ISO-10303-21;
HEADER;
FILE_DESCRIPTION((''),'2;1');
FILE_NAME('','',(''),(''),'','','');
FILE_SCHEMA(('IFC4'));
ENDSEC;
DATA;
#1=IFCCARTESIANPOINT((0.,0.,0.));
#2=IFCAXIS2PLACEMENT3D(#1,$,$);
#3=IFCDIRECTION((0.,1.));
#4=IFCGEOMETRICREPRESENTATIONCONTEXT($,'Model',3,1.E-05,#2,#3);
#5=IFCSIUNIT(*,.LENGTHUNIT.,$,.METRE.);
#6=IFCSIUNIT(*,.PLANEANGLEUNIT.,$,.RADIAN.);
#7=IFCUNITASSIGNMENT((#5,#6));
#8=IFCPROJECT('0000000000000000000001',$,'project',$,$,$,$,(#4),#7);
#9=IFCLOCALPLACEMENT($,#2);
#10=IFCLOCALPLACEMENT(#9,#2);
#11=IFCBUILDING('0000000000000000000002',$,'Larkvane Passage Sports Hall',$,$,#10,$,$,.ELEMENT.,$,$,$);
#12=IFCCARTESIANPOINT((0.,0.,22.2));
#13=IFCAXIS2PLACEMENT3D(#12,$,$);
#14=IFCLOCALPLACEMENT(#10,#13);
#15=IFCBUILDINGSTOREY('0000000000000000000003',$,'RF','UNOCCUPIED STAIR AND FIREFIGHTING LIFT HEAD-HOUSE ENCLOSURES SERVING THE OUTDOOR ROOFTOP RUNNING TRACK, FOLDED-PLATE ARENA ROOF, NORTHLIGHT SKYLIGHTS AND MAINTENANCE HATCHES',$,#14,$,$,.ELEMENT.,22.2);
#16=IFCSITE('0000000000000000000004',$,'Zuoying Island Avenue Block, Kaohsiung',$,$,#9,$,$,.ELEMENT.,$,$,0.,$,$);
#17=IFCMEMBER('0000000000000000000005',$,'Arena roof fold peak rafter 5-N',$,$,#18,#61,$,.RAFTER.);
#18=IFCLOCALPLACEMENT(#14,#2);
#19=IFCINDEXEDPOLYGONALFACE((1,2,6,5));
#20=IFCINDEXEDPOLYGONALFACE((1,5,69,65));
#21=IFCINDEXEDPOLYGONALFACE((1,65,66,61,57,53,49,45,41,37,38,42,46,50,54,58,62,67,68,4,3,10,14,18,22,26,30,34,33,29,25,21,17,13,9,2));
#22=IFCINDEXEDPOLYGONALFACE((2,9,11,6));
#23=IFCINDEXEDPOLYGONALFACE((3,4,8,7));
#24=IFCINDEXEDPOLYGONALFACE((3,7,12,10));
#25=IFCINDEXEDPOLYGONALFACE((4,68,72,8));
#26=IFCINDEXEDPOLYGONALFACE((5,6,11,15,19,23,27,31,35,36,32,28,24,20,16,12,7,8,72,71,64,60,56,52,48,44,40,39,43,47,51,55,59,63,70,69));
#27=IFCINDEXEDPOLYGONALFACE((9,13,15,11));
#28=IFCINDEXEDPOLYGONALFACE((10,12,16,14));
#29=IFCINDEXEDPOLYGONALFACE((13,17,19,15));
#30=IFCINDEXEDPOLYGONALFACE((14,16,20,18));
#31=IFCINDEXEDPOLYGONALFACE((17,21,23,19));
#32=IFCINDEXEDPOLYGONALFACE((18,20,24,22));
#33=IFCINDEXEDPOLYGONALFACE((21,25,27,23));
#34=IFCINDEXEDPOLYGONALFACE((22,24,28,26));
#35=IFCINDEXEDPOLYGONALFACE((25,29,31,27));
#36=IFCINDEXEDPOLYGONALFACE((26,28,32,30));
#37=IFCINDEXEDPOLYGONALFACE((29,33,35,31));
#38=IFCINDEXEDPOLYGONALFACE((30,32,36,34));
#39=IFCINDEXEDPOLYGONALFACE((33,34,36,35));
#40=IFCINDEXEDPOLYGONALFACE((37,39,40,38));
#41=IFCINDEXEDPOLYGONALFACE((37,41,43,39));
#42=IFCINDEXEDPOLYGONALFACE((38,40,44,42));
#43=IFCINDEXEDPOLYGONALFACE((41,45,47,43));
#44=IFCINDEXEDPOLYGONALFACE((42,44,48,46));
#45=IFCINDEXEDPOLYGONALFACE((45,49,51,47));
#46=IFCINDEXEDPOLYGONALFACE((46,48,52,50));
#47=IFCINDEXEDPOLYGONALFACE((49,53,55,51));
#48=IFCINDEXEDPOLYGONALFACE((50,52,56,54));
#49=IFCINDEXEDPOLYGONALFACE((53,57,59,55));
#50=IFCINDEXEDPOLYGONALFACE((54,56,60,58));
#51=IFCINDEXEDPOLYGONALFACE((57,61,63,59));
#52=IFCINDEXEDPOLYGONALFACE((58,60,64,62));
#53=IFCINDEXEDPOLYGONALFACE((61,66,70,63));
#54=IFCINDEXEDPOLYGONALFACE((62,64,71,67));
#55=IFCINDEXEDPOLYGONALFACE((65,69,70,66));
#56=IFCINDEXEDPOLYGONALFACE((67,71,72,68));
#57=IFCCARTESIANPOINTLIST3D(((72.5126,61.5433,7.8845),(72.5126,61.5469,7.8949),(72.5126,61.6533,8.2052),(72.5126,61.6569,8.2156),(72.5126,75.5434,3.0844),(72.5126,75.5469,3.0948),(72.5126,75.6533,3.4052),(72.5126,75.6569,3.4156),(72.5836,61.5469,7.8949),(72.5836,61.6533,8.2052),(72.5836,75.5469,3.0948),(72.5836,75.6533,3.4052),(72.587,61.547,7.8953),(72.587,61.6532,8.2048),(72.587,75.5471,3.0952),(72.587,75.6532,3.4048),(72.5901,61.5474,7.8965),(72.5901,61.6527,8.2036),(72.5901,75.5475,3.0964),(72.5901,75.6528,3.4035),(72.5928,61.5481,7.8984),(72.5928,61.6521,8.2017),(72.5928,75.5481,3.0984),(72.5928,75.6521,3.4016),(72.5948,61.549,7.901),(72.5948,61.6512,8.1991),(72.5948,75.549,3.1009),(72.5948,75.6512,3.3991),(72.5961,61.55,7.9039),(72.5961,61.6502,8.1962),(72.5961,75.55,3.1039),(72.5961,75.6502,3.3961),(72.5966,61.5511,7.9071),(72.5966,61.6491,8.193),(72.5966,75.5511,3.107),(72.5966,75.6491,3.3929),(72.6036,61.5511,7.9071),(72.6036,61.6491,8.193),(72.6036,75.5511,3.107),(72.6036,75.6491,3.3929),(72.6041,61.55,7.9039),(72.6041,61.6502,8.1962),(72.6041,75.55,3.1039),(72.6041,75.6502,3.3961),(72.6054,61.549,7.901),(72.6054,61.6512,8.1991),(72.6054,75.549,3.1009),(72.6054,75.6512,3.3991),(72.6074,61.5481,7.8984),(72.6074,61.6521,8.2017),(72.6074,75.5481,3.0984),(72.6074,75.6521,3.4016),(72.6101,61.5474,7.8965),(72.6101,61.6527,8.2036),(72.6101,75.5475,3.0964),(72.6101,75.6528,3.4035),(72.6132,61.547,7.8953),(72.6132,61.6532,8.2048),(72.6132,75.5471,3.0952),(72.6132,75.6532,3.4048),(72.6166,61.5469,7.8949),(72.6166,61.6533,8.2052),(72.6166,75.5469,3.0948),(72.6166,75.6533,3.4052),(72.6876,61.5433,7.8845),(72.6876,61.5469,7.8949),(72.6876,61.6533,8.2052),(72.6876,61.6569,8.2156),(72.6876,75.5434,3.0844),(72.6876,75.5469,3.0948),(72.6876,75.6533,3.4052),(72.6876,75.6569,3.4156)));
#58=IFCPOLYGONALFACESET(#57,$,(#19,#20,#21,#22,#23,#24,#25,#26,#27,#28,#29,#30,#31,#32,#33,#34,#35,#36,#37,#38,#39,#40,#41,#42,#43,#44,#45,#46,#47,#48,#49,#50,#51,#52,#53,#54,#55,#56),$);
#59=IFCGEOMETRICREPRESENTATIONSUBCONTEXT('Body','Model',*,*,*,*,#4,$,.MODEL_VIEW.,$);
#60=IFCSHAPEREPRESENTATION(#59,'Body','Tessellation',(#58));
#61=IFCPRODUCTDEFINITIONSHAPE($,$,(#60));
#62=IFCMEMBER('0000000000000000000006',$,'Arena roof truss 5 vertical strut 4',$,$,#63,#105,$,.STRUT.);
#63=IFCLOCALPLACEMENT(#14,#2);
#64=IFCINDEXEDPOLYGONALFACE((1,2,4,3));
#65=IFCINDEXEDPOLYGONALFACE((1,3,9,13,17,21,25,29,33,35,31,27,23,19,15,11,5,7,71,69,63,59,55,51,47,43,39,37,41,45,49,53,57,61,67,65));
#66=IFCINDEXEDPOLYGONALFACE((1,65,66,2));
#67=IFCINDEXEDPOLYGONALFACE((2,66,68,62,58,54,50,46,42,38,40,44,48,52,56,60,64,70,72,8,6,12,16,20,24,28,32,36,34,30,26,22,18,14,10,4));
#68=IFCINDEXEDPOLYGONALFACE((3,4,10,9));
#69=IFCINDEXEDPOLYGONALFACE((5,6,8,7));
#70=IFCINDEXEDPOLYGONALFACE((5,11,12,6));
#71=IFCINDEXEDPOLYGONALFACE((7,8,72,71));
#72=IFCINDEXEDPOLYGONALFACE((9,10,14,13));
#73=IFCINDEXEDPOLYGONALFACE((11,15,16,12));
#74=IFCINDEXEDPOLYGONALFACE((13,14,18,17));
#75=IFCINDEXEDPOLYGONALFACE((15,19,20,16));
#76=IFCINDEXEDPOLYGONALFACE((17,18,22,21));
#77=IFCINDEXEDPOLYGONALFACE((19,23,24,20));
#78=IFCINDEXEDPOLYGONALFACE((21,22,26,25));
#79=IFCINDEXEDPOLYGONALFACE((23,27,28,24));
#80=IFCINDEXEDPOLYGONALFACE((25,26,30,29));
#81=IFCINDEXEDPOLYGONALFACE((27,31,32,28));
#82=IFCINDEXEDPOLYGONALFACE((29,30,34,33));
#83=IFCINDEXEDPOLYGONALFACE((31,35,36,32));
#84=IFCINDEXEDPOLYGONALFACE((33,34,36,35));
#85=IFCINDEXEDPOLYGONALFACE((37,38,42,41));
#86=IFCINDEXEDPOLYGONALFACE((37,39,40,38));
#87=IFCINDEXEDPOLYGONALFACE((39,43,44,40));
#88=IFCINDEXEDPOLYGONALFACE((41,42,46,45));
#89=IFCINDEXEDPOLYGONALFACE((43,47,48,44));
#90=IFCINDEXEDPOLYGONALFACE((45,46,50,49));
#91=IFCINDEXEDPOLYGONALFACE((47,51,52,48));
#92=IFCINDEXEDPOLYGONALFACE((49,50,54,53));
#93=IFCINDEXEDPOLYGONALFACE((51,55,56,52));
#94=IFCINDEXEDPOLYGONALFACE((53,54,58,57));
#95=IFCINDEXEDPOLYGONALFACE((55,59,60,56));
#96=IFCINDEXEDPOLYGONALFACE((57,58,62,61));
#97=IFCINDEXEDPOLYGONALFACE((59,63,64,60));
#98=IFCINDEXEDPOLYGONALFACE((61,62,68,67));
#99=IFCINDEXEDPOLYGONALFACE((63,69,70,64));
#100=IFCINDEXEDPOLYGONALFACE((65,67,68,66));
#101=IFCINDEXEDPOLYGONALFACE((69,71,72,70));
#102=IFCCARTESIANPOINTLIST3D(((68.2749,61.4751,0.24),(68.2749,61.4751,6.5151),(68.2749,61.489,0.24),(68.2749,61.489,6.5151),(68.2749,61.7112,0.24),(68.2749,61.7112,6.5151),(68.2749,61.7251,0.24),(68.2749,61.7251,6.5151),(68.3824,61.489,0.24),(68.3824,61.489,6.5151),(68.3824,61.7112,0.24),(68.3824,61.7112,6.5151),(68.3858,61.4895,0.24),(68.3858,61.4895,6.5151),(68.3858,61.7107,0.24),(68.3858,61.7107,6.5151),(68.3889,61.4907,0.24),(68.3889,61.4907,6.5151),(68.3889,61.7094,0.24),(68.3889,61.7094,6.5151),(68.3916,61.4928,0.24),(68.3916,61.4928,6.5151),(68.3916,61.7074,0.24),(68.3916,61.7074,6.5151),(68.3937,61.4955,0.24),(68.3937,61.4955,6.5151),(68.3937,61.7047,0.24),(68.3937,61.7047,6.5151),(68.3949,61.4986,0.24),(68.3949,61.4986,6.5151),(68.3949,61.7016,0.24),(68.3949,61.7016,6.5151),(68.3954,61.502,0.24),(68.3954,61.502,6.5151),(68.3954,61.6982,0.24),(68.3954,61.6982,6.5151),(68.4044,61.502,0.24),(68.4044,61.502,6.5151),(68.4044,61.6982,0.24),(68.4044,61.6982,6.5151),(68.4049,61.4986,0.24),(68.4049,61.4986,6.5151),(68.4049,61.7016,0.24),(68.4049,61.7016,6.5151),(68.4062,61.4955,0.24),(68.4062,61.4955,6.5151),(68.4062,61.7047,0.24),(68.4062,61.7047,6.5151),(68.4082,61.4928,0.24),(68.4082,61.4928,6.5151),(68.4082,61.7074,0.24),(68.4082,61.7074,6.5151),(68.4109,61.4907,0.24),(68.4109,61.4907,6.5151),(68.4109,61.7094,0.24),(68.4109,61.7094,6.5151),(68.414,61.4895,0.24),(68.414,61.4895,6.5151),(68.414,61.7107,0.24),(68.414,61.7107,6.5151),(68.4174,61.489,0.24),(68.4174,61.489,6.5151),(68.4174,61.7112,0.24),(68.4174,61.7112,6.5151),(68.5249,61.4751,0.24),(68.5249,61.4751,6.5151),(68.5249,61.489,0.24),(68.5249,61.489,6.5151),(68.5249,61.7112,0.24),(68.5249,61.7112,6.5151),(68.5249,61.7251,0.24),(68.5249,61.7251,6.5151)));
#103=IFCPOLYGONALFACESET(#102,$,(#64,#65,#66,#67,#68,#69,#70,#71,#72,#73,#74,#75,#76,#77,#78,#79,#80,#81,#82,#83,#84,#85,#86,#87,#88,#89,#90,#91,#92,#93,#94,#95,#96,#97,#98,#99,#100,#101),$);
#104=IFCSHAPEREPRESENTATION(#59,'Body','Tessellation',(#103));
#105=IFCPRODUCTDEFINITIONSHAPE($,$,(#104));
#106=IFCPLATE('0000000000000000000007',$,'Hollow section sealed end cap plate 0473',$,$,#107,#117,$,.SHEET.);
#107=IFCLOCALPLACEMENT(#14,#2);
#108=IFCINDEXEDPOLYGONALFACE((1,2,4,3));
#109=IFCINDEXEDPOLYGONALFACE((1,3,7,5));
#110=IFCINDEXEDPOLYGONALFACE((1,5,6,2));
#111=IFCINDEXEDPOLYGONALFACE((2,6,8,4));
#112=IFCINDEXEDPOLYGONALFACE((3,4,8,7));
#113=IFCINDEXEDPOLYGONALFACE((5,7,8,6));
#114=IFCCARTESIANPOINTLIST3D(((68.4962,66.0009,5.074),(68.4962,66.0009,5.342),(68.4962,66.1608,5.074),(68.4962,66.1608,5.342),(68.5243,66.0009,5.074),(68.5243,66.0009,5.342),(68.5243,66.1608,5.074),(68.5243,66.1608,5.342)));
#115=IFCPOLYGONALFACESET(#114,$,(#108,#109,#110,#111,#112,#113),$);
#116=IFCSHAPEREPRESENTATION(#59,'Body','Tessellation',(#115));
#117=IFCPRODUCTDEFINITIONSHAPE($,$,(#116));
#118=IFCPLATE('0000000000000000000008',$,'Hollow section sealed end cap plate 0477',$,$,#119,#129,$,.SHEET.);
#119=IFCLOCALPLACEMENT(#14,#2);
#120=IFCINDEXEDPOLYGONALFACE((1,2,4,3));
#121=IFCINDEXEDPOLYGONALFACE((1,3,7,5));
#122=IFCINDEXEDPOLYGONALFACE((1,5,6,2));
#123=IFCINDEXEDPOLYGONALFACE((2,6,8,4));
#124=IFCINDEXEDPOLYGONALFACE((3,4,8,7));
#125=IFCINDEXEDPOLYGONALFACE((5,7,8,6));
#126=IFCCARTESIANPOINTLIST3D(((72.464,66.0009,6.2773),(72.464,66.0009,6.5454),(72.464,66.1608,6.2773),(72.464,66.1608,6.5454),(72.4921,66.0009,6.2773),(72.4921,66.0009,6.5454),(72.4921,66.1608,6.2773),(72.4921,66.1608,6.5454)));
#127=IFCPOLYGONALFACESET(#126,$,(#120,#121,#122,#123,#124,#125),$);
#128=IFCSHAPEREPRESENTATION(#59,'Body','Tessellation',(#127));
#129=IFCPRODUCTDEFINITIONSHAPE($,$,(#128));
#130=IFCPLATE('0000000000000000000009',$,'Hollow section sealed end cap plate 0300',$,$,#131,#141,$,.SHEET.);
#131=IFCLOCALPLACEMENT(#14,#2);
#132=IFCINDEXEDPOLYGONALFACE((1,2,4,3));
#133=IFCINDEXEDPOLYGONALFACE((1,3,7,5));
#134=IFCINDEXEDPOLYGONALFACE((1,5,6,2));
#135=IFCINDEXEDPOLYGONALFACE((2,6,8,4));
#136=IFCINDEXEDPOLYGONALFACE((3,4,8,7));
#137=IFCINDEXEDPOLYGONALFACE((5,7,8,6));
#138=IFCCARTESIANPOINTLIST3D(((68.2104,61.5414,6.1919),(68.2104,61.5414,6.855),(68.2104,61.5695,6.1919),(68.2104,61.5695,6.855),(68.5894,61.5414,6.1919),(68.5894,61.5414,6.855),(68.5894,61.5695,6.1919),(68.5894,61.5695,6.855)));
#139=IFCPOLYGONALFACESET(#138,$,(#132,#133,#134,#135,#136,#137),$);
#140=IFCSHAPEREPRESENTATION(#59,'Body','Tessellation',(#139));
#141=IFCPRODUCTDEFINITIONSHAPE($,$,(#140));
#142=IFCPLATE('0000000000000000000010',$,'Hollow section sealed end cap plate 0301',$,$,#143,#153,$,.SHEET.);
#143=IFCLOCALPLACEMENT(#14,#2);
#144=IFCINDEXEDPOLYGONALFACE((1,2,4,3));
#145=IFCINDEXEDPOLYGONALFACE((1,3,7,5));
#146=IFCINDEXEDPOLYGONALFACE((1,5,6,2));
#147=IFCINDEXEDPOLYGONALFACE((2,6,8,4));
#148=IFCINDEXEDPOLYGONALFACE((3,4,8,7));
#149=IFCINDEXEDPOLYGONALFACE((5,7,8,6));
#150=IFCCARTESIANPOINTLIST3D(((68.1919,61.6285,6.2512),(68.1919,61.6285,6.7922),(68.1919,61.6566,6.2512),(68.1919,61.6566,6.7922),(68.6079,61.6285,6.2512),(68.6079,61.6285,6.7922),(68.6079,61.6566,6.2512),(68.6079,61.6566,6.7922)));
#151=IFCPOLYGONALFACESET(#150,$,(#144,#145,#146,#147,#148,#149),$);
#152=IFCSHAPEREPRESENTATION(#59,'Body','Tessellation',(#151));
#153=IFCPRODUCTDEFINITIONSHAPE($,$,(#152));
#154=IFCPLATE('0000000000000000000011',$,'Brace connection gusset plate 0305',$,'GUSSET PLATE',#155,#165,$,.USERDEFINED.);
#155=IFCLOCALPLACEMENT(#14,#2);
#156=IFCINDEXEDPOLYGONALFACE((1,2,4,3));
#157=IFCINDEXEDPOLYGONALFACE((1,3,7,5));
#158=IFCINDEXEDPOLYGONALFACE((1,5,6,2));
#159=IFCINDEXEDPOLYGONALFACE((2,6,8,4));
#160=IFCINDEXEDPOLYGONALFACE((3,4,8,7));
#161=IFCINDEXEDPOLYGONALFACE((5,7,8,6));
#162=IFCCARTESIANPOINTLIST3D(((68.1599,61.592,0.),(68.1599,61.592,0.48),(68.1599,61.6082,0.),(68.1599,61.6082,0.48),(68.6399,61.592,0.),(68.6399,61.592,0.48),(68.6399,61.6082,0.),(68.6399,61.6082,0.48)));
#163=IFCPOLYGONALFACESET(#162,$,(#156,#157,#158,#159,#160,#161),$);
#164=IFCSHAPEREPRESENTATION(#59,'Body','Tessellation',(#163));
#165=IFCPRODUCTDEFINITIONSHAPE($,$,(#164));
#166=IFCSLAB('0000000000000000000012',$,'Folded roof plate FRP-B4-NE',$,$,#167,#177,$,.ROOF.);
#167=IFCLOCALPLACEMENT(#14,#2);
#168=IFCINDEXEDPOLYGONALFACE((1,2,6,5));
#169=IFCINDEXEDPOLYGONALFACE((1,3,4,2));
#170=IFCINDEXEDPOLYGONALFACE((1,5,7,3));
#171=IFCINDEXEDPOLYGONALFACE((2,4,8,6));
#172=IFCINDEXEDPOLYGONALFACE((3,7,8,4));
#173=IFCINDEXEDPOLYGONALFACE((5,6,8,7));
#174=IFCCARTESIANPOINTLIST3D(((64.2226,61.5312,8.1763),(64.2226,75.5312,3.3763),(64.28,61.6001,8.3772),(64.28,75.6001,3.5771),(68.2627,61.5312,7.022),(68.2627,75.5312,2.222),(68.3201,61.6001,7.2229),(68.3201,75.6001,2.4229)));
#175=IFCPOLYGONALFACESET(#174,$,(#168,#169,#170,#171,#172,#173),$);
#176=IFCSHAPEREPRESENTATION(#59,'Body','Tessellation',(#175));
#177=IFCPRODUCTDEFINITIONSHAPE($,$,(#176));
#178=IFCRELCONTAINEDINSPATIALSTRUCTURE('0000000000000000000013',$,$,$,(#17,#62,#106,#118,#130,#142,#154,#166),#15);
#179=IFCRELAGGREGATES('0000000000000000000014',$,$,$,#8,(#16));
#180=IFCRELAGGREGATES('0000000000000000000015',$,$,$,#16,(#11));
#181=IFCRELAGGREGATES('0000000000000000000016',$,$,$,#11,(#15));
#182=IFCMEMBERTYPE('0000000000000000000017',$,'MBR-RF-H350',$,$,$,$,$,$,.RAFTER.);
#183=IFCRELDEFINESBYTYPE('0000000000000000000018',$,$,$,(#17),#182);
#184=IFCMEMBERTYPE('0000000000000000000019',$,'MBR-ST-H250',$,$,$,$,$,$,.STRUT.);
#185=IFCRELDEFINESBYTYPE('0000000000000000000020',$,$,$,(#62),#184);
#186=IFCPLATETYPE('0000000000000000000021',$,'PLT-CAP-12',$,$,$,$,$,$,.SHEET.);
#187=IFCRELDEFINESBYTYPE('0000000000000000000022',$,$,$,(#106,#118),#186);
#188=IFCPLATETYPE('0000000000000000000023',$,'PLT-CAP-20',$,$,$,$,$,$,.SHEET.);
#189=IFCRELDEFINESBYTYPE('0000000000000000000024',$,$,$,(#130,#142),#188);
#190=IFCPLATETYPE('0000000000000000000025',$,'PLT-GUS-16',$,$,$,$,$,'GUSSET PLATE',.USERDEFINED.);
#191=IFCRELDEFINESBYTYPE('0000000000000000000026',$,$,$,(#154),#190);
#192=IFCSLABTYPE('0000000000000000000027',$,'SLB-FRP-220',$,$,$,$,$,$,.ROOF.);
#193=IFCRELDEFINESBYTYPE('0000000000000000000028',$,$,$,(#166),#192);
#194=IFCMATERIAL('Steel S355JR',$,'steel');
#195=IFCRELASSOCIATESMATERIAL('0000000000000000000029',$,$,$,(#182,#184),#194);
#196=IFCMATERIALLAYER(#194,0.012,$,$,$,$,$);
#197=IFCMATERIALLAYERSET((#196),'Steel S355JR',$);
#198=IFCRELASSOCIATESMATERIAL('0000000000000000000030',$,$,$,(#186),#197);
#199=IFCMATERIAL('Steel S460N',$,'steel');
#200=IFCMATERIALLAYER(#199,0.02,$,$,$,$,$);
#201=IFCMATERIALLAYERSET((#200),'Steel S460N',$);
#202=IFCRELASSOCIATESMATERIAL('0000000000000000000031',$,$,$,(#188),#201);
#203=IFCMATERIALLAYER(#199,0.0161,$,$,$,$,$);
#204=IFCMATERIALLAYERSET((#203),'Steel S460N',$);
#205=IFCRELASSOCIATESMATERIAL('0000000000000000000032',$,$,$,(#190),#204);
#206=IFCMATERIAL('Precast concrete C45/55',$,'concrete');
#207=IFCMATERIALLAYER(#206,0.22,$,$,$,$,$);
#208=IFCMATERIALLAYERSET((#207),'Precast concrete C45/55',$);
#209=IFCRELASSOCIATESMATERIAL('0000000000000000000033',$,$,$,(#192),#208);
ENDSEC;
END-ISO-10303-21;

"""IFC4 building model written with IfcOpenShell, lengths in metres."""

from ifc_helpers import new_model, si_unit, direction, frame, origin, origin_2d, place, context, subcontext, project, spatial, polyline, rectangle, i_section, outline, extrude, material, layer, layer_set, material_profile, profile_set, type_object, element, save


model = new_model("IFC4")

# Units and contexts
model_context = context("Model", 3, precision=1e-05, world=origin(), true_north=direction((0.0, 1.0)))
body_context = subcontext(model_context, "Body", "Model", "MODEL_VIEW")
ifc_project = project(units=[si_unit("LENGTHUNIT", "METRE"), si_unit("PLANEANGLEUNIT", "RADIAN")], contexts=[model_context])

# Site, building, storey
site_placement = place(None, origin())
site = spatial("IfcSite", under=ifc_project, at=site_placement, Name="Zuoying Island Avenue Block, Kaohsiung", CompositionType="ELEMENT", RefElevation=0.0)
building_placement = place(site_placement, origin())
building = spatial("IfcBuilding", under=site, at=building_placement, Name="Larkvane Passage Sports Hall", CompositionType="ELEMENT")
storey_placement = place(building_placement, frame((0.0, 0.0, 22.2)))
storey = spatial("IfcBuildingStorey", under=building, at=storey_placement, Name="RF", Description="UNOCCUPIED STAIR AND FIREFIGHTING LIFT HEAD-HOUSE ENCLOSURES SERVING THE OUTDOOR ROOFTOP RUNNING TRACK, FOLDED-PLATE ARENA ROOF, NORTHLIGHT SKYLIGHTS AND MAINTENANCE HATCHES", CompositionType="ELEMENT", Elevation=22.2)

# Members
ifc_material_1 = material(Name="Steel S460N", Category="steel")
ifc_material_2 = material(Name="Steel S355JR", Category="steel")
ifc_material_profile_1 = material_profile(ifc_material_2, i_section(OverallWidth=0.175, OverallDepth=0.3501, WebThickness=0.0071, FlangeThickness=0.011, FilletRadius=0.0129, at=origin_2d()), Name="H-350x175x7x11")
ifc_profile_set_1 = profile_set([ifc_material_profile_1], Name="Steel S355JR")
member_type_1 = type_object("IfcMemberType", Name="MBR-RF-H350", PredefinedType="RAFTER", material=ifc_profile_set_1)
for number, where, z_axis, x_axis, name in (
    (1, (72.6001, 61.6001, 8.05), (0.0, 0.945945, -0.324327), (-1.0, 0.0, 0.0), "Arena roof fold peak rafter 5-N"),
):
    element("IfcMember", number, at=place(storey_placement, frame(where, z_axis=z_axis, x_axis=x_axis)), inside=storey, type_object=member_type_1, Name=name, PredefinedType="RAFTER", context=body_context, shape_type="SweptSolid", body=[
        extrude(i_section(OverallWidth=0.175, OverallDepth=0.3501, WebThickness=0.0071, FlangeThickness=0.011, FilletRadius=0.0129, at=origin_2d()), origin(), (0.0, 0.0, 1.0), 14.8),
    ])
ifc_material_profile_2 = material_profile(ifc_material_2, i_section(OverallWidth=0.25, OverallDepth=0.25, WebThickness=0.009, FlangeThickness=0.0139, FilletRadius=0.0129, at=origin_2d()), Name="H-250x250x9x14")
ifc_profile_set_2 = profile_set([ifc_material_profile_2], Name="Steel S355JR")
member_type_2 = type_object("IfcMemberType", Name="MBR-ST-H250", PredefinedType="STRUT", material=ifc_profile_set_2)
member_1_placement = place(storey_placement, frame((68.3999, 61.6001, 0.24), z_axis=(0.0, 0.0, 1.0), x_axis=(1.0, 0.0, 0.0)))
element("IfcMember", 2, at=member_1_placement, inside=storey, type_object=member_type_2, Name="Arena roof truss 5 vertical strut 4", PredefinedType="STRUT", context=body_context, shape_type="SweptSolid", body=[
    extrude(i_section(OverallWidth=0.25, OverallDepth=0.25, WebThickness=0.009, FlangeThickness=0.0139, FilletRadius=0.0129, at=origin_2d()), origin(), (0.0, 0.0, 1.0), 6.2751),
])

# Plates
ifc_layer_1 = layer(ifc_material_2, 0.012)
ifc_layer_set_1 = layer_set([ifc_layer_1], Name="Steel S355JR")
plate_type_1 = type_object("IfcPlateType", Name="PLT-CAP-12", PredefinedType="SHEET", material=ifc_layer_set_1)
for number, where, z_axis, x_axis, name in (
    (3, (68.5103, 66.0808, 5.074), (0.0, 0.0, 1.0), (0.0, 1.0, 0.0), "Hollow section sealed end cap plate 0473"),
    (4, (72.478, 66.0808, 6.2773), (0.0, 0.0, 1.0), (0.0, 1.0, 0.0), "Hollow section sealed end cap plate 0477"),
):
    element("IfcPlate", number, at=place(storey_placement, frame(where, z_axis=z_axis, x_axis=x_axis)), inside=storey, type_object=plate_type_1, Name=name, PredefinedType="SHEET", context=body_context, shape_type="SweptSolid", body=[
        extrude(rectangle(XDim=0.1599, YDim=0.0281, at=origin_2d()), origin(), (0.0, 0.0, 1.0), 0.2681),
    ])
ifc_layer_2 = layer(ifc_material_1, 0.02)
ifc_layer_set_2 = layer_set([ifc_layer_2], Name="Steel S460N")
plate_type_2 = type_object("IfcPlateType", Name="PLT-CAP-20", PredefinedType="SHEET", material=ifc_layer_set_2)
plate_1_placement = place(storey_placement, frame((68.3999, 61.5554, 6.1919), z_axis=(0.0, 0.0, 1.0), x_axis=(-1.0, 0.0, 0.0)))
element("IfcPlate", 5, at=plate_1_placement, inside=storey, type_object=plate_type_2, Name="Hollow section sealed end cap plate 0300", PredefinedType="SHEET", context=body_context, shape_type="SweptSolid", body=[
    extrude(rectangle(XDim=0.3789, YDim=0.0281, at=origin_2d()), origin(), (0.0, 0.0, 1.0), 0.6631),
])
plate_2_placement = place(storey_placement, frame((68.3999, 61.6426, 6.2512), z_axis=(0.0, 0.0, 1.0), x_axis=(-1.0, 0.0, 0.0)))
element("IfcPlate", 6, at=plate_2_placement, inside=storey, type_object=plate_type_2, Name="Hollow section sealed end cap plate 0301", PredefinedType="SHEET", context=body_context, shape_type="SweptSolid", body=[
    extrude(rectangle(XDim=0.416, YDim=0.0281, at=origin_2d()), origin(), (0.0, 0.0, 1.0), 0.541),
])
ifc_layer_3 = layer(ifc_material_1, 0.0161)
ifc_layer_set_3 = layer_set([ifc_layer_3], Name="Steel S460N")
plate_type_3 = type_object("IfcPlateType", Name="PLT-GUS-16", ElementType="GUSSET PLATE", PredefinedType="USERDEFINED", material=ifc_layer_set_3)
plate_3_placement = place(storey_placement, frame((68.3999, 61.6001, 0.0), z_axis=(0.0, 0.0, 1.0), x_axis=(1.0, 0.0, 0.0)))
element("IfcPlate", 7, at=plate_3_placement, inside=storey, type_object=plate_type_3, Name="Brace connection gusset plate 0305", ObjectType="GUSSET PLATE", PredefinedType="USERDEFINED", context=body_context, shape_type="SweptSolid", body=[
    extrude(rectangle(XDim=0.48, YDim=0.0161, at=origin_2d()), origin(), (0.0, 0.0, 1.0), 0.48),
])

# Slab
ifc_material_3 = material(Name="Precast concrete C45/55", Category="concrete")
ifc_layer_4 = layer(ifc_material_3, 0.22)
ifc_layer_set_4 = layer_set([ifc_layer_4], Name="Precast concrete C45/55")
slab_type_1 = type_object("IfcSlabType", Name="SLB-FRP-220", PredefinedType="ROOF", material=ifc_layer_set_4)
slab_1_placement = place(storey_placement, frame((64.28, 61.6001, 8.3772), z_axis=(0.260909, 0.313094, 0.913181), x_axis=(0.961524, 0.0, -0.274721)))
element("IfcSlab", 8, at=slab_1_placement, inside=storey, type_object=slab_type_1, Name="Folded roof plate FRP-B4-NE", PredefinedType="ROOF", context=body_context, shape_type="SweptSolid", body=[
    extrude(outline(polyline([(0.0, 0.0), (4.2017, 0.0), (5.5204, 14.7412), (1.3187, 14.7412), (0.0, 0.0)])), origin(), (0.0, 0.0, -1.0), 0.22),
])

save(model, "model.ifc")
